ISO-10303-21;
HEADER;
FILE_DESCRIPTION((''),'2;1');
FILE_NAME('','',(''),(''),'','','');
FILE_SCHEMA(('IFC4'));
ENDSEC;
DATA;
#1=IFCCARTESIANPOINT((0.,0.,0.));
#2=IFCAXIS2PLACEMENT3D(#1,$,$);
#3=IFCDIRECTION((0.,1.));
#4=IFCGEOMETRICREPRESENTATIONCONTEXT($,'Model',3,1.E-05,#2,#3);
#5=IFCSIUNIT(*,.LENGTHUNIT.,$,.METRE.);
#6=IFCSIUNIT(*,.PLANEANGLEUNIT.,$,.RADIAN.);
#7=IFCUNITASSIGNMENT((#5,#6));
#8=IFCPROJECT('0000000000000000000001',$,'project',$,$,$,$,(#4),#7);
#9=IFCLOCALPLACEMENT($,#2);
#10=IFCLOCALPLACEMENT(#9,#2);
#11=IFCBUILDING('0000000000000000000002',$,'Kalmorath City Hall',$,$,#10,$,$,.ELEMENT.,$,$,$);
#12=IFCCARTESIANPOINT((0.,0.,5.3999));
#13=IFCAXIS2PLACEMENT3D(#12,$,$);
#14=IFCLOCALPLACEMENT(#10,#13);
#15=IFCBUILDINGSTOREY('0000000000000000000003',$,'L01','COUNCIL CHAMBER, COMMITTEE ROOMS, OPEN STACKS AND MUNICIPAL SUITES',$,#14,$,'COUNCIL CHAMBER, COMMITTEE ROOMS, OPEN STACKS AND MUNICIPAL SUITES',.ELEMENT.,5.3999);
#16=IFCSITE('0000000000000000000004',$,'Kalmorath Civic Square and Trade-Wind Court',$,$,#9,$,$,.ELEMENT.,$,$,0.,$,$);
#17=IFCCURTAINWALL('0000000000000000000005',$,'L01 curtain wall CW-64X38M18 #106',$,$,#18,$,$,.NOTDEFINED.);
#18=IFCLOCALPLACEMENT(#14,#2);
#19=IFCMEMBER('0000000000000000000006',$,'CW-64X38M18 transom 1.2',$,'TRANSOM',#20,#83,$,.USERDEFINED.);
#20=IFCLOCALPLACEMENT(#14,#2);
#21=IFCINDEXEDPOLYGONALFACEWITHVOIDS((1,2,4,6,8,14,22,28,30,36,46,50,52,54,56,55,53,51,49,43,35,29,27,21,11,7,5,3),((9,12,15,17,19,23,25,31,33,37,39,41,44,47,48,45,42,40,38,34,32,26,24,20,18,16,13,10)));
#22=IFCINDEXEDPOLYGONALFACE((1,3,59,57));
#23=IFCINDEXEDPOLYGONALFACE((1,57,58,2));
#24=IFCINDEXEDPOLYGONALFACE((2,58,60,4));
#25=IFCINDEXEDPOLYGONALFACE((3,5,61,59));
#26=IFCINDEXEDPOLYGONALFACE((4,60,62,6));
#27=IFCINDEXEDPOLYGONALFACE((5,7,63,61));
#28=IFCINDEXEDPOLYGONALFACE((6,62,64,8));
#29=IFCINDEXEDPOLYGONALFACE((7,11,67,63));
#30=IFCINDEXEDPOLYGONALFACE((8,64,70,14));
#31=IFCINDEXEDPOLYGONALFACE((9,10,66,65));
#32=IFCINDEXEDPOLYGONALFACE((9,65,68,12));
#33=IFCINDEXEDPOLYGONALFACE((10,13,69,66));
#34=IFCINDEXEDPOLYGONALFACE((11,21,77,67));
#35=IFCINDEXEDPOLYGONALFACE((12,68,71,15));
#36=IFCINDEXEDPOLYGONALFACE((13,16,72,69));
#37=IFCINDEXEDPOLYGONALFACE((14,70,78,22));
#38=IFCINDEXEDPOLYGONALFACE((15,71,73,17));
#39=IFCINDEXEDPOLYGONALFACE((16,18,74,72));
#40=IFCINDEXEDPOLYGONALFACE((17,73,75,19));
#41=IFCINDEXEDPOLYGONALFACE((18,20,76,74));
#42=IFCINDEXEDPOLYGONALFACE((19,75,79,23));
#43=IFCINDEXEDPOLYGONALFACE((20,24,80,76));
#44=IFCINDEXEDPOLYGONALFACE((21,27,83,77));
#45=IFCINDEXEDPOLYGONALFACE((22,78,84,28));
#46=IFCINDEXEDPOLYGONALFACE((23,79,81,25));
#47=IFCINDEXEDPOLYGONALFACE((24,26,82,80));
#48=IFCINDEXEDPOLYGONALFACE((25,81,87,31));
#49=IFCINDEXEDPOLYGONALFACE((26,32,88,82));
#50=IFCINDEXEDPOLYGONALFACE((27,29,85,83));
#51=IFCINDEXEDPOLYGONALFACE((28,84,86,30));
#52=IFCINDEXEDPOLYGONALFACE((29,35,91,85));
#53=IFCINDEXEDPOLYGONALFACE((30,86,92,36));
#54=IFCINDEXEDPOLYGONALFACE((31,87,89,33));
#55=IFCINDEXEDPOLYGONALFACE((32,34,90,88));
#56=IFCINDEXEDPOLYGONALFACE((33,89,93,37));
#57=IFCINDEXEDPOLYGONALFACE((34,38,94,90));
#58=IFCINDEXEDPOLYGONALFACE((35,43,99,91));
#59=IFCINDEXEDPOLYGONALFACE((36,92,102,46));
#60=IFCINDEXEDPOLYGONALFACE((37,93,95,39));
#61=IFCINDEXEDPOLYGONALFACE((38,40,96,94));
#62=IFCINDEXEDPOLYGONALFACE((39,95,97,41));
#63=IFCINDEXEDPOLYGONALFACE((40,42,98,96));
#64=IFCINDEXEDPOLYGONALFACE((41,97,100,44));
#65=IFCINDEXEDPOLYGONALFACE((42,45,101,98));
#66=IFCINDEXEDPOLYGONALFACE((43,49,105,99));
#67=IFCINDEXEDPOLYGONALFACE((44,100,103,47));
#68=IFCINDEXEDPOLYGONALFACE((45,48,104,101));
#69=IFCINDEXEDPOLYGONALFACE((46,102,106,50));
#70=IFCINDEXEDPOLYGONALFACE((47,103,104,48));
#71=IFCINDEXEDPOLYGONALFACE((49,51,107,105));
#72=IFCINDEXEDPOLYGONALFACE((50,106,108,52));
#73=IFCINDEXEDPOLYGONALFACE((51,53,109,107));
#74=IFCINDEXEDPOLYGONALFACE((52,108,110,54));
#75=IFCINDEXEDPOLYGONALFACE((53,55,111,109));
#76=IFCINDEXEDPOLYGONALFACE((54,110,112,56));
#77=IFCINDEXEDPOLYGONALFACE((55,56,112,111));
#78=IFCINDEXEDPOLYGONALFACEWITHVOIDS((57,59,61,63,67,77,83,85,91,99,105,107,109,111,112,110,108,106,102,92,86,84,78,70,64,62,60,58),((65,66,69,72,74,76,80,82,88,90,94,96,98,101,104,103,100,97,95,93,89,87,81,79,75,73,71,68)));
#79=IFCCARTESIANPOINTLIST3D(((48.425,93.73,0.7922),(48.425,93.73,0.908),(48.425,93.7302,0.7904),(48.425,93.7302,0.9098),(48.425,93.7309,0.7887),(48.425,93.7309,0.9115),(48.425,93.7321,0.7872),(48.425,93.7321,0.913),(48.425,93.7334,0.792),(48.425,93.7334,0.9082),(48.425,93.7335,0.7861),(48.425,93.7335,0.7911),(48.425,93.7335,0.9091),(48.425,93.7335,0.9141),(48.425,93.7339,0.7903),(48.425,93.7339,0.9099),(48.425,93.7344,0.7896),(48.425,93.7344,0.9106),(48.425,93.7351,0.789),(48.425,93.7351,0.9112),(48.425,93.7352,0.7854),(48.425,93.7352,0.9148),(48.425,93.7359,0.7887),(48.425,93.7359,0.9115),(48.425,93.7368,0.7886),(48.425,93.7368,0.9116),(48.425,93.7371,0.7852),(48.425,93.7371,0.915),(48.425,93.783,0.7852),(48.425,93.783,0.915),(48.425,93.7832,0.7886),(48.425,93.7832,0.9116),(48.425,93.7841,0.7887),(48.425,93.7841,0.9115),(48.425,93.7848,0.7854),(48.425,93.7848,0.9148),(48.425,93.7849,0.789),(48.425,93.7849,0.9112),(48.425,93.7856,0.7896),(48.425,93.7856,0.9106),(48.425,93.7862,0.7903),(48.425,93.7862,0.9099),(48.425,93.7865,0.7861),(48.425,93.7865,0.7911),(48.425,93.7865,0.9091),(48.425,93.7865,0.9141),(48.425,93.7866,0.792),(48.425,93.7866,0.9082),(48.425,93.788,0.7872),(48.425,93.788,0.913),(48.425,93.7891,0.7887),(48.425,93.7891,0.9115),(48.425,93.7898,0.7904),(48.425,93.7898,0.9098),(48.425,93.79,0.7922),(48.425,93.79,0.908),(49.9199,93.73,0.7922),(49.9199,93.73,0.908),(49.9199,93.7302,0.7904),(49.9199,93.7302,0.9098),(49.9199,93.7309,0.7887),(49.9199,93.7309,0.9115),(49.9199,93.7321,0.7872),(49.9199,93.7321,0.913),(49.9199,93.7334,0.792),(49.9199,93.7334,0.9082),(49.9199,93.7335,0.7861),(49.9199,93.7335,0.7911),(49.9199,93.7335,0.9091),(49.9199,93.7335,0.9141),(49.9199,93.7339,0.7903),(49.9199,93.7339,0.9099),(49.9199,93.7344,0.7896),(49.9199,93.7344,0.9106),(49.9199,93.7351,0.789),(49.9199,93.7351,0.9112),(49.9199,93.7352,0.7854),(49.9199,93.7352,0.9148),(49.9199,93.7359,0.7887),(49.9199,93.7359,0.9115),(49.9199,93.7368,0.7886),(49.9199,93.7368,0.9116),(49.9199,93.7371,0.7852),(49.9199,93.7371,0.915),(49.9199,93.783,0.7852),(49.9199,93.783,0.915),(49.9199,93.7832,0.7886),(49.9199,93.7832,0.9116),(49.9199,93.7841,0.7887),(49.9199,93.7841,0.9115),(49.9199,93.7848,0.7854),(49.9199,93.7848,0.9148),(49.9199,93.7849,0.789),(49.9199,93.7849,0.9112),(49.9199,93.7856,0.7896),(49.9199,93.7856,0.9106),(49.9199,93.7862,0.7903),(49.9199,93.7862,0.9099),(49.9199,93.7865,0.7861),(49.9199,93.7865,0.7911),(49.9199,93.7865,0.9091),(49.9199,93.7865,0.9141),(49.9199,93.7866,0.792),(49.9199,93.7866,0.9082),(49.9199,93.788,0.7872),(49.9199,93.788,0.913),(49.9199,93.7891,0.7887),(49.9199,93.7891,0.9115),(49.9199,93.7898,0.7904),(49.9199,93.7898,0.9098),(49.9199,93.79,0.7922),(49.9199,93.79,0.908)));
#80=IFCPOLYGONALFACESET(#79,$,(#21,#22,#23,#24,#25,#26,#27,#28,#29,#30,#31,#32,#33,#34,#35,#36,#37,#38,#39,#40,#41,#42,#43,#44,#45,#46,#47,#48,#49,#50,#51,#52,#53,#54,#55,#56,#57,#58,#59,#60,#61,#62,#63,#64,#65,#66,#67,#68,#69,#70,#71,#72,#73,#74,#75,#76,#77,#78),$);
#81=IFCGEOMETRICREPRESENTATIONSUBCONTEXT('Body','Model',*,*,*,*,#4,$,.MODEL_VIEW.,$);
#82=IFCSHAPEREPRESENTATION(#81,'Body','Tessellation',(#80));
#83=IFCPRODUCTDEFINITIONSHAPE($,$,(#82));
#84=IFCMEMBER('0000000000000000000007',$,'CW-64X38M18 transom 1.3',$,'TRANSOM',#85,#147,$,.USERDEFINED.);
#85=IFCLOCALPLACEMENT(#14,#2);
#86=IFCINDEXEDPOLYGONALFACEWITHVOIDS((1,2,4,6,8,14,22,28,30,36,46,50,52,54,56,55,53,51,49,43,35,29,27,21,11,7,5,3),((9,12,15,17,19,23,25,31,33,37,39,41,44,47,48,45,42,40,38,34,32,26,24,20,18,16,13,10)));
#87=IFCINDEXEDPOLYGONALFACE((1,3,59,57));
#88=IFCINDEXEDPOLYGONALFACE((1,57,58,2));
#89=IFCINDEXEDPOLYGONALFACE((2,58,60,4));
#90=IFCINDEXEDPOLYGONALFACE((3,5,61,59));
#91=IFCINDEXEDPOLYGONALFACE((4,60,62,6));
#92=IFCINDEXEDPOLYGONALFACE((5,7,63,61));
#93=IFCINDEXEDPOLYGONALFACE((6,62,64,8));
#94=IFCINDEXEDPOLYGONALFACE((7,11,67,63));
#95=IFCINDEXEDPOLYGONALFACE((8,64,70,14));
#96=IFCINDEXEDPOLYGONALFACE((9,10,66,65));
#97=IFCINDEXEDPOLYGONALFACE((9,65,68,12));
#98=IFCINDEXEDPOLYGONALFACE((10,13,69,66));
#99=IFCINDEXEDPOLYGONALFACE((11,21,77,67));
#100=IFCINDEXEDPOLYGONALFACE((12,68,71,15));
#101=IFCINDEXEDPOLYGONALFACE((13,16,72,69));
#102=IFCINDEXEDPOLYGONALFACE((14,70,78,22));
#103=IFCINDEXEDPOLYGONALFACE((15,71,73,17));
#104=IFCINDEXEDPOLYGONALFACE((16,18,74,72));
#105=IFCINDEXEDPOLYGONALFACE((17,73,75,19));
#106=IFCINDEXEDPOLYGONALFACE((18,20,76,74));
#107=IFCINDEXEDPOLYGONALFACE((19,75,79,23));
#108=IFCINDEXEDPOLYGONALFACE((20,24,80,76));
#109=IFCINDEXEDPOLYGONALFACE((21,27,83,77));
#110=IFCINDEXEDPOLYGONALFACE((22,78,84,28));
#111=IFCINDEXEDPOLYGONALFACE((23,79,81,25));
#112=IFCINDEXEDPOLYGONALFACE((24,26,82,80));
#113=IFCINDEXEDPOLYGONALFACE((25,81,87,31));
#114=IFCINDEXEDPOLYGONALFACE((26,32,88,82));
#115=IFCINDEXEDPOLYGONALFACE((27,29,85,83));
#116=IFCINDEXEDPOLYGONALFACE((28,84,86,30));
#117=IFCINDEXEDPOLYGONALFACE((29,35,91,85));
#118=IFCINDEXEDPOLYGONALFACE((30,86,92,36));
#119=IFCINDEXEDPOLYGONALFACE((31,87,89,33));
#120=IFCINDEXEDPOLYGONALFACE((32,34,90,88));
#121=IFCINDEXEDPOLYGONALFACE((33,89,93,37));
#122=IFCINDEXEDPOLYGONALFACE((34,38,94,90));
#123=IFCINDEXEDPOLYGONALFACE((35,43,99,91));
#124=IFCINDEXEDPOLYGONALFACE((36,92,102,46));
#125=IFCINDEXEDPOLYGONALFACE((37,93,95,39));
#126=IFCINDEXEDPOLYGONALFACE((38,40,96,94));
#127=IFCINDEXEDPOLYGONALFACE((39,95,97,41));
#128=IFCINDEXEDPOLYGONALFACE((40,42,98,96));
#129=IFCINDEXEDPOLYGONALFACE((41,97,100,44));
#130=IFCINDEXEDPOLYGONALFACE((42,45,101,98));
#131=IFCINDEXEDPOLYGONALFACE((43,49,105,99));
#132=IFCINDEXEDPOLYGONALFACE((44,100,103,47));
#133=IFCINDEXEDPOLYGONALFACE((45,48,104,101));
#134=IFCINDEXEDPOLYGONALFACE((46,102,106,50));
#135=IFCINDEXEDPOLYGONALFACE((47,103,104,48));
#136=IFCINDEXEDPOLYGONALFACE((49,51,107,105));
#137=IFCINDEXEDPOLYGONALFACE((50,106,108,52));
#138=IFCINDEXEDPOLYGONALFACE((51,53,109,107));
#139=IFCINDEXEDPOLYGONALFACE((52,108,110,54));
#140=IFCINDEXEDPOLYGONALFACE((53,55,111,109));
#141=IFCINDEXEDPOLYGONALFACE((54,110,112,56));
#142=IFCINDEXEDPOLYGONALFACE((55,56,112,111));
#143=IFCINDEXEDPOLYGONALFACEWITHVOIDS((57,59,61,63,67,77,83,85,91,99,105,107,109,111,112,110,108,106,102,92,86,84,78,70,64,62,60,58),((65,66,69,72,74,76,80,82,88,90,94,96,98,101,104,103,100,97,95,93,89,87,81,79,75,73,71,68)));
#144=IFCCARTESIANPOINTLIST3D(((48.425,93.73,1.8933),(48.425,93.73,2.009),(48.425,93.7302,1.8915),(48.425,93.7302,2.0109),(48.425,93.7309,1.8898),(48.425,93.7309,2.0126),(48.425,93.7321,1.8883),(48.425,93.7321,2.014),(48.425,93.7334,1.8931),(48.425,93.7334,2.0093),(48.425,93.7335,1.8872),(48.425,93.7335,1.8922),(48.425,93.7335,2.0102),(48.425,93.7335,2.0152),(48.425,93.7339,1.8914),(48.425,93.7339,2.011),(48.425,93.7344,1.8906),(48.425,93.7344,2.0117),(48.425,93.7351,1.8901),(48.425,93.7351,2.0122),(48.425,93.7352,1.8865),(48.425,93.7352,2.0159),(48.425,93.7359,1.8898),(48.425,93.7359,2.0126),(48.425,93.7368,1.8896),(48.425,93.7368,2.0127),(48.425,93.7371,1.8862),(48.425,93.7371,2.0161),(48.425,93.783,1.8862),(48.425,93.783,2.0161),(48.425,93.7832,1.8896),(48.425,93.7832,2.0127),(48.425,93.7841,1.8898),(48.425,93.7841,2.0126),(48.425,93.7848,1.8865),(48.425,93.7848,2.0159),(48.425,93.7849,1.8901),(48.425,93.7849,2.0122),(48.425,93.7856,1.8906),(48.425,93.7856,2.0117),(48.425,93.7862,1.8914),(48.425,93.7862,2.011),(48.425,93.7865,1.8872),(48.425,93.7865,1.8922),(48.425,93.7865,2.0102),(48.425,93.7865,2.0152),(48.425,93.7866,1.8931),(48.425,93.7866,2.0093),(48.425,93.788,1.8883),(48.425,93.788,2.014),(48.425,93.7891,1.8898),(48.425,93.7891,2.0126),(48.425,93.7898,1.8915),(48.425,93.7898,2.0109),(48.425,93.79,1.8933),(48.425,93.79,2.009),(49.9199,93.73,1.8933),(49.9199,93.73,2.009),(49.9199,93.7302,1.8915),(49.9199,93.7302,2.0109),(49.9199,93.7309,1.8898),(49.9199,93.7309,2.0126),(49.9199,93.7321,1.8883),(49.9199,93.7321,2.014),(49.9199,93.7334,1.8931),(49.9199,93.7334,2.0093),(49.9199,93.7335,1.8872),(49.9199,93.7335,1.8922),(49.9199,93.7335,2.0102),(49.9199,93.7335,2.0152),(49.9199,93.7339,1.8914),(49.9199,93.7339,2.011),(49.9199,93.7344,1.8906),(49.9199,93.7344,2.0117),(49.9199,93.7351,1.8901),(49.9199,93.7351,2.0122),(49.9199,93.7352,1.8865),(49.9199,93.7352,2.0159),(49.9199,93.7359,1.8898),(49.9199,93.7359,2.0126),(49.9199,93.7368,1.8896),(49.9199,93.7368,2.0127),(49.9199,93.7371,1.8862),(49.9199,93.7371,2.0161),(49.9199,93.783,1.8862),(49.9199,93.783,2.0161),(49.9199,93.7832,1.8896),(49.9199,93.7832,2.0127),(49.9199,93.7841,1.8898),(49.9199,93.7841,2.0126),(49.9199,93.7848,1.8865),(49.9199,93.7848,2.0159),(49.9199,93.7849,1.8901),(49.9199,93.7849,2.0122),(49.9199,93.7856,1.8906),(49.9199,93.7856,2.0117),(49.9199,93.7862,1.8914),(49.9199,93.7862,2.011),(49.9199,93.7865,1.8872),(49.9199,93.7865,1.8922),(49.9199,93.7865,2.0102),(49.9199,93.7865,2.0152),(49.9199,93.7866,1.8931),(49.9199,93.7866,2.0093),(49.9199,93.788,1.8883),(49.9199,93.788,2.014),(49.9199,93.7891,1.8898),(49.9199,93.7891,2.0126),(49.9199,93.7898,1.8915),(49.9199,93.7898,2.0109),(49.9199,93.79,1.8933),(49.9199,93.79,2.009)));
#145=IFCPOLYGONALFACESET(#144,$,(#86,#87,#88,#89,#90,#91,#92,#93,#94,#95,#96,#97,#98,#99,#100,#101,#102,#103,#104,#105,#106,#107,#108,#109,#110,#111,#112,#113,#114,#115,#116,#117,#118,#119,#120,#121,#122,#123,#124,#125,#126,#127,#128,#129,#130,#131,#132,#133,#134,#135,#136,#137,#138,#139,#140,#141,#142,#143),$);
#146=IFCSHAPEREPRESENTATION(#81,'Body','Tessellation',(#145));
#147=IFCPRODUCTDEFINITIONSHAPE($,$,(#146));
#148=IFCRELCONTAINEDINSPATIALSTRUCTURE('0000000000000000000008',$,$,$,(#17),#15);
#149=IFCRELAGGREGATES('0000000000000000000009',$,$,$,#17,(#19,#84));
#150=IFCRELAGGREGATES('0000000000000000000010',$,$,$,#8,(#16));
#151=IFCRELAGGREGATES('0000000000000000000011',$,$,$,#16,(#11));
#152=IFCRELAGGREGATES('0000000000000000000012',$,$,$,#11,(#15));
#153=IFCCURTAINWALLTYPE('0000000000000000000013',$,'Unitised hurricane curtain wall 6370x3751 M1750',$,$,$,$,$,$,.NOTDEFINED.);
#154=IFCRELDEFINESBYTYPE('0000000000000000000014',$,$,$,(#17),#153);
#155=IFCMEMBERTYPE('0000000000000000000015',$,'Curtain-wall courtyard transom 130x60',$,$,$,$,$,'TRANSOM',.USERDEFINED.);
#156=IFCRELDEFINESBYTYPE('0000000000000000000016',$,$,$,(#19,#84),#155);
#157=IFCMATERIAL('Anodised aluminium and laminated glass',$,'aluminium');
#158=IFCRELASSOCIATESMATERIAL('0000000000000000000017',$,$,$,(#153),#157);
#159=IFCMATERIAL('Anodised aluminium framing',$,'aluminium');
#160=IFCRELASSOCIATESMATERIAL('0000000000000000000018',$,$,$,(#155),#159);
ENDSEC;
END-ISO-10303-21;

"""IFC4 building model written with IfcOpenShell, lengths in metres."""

from ifc_helpers import new_model, si_unit, direction, frame, origin, origin_2d, place, context, subcontext, project, spatial, hollow_rectangle, extrude, material, material_profile, profile_set, type_object, element, aggregate, save


model = new_model("IFC4")

# Units and contexts
model_context = context("Model", 3, precision=1e-05, world=origin(), true_north=direction((0.0, 1.0)))
body_context = subcontext(model_context, "Body", "Model", "MODEL_VIEW")
ifc_project = project(units=[si_unit("LENGTHUNIT", "METRE"), si_unit("PLANEANGLEUNIT", "RADIAN")], contexts=[model_context])

# Site, building, storey
site_placement = place(None, origin())
site = spatial("IfcSite", under=ifc_project, at=site_placement, Name="Kalmorath Civic Square and Trade-Wind Court", CompositionType="ELEMENT", RefElevation=0.0)
building_placement = place(site_placement, origin())
building = spatial("IfcBuilding", under=site, at=building_placement, Name="Kalmorath City Hall", CompositionType="ELEMENT")
storey_placement = place(building_placement, frame((0.0, 0.0, 5.3999)))
storey = spatial("IfcBuildingStorey", under=building, at=storey_placement, Name="L01", Description="COUNCIL CHAMBER, COMMITTEE ROOMS, OPEN STACKS AND MUNICIPAL SUITES", LongName="COUNCIL CHAMBER, COMMITTEE ROOMS, OPEN STACKS AND MUNICIPAL SUITES", CompositionType="ELEMENT", Elevation=5.3999)

# Curtain wall, members
ifc_material_1 = material(Name="Anodised aluminium and laminated glass", Category="aluminium")
curtain_wall_type_1 = type_object("IfcCurtainWallType", Name="Unitised hurricane curtain wall 6370x3751 M1750", PredefinedType="NOTDEFINED", material=ifc_material_1)
curtain_wall_1_placement = place(storey_placement, origin())
curtain_wall_1 = element("IfcCurtainWall", 1, at=curtain_wall_1_placement, inside=storey, type_object=curtain_wall_type_1, Name="L01 curtain wall CW-64X38M18 #106", PredefinedType="NOTDEFINED")
ifc_material_2 = material(Name="Anodised aluminium framing", Category="aluminium")
ifc_material_profile_1 = material_profile(ifc_material_2, hollow_rectangle(XDim=0.0601, YDim=0.1299, WallThickness=0.0034, InnerFilletRadius=0.0034, OuterFilletRadius=0.0071, at=origin_2d()), Name="ALU-TRN-130X60X3.5")
ifc_profile_set_1 = profile_set([ifc_material_profile_1], Name="Anodised aluminium framing")
member_type_1 = type_object("IfcMemberType", Name="Curtain-wall courtyard transom 130x60", ElementType="TRANSOM", PredefinedType="USERDEFINED", material=ifc_profile_set_1)
member_1_placement = place(storey_placement, frame((49.9199, 93.76, 0.8501), z_axis=(-1.0, 0.0, 0.0), x_axis=(0.0, -1.0, 0.0)))
member_1 = element("IfcMember", 2, at=member_1_placement, type_object=member_type_1, Name="CW-64X38M18 transom 1.2", ObjectType="TRANSOM", PredefinedType="USERDEFINED", context=body_context, shape_type="SweptSolid", body=[
    extrude(hollow_rectangle(XDim=0.0601, YDim=0.1299, WallThickness=0.0034, InnerFilletRadius=0.0034, OuterFilletRadius=0.0071, at=origin_2d()), origin(), (0.0, 0.0, 1.0), 1.4949),
])
member_2_placement = place(storey_placement, frame((49.9199, 93.76, 1.9512), z_axis=(-1.0, 0.0, 0.0), x_axis=(0.0, -1.0, 0.0)))
member_2 = element("IfcMember", 3, at=member_2_placement, type_object=member_type_1, Name="CW-64X38M18 transom 1.3", ObjectType="TRANSOM", PredefinedType="USERDEFINED", context=body_context, shape_type="SweptSolid", body=[
    extrude(hollow_rectangle(XDim=0.0601, YDim=0.1299, WallThickness=0.0034, InnerFilletRadius=0.0034, OuterFilletRadius=0.0071, at=origin_2d()), origin(), (0.0, 0.0, 1.0), 1.4949),
])

aggregate(curtain_wall_1, [member_1, member_2])

save(model, "model.ifc")
